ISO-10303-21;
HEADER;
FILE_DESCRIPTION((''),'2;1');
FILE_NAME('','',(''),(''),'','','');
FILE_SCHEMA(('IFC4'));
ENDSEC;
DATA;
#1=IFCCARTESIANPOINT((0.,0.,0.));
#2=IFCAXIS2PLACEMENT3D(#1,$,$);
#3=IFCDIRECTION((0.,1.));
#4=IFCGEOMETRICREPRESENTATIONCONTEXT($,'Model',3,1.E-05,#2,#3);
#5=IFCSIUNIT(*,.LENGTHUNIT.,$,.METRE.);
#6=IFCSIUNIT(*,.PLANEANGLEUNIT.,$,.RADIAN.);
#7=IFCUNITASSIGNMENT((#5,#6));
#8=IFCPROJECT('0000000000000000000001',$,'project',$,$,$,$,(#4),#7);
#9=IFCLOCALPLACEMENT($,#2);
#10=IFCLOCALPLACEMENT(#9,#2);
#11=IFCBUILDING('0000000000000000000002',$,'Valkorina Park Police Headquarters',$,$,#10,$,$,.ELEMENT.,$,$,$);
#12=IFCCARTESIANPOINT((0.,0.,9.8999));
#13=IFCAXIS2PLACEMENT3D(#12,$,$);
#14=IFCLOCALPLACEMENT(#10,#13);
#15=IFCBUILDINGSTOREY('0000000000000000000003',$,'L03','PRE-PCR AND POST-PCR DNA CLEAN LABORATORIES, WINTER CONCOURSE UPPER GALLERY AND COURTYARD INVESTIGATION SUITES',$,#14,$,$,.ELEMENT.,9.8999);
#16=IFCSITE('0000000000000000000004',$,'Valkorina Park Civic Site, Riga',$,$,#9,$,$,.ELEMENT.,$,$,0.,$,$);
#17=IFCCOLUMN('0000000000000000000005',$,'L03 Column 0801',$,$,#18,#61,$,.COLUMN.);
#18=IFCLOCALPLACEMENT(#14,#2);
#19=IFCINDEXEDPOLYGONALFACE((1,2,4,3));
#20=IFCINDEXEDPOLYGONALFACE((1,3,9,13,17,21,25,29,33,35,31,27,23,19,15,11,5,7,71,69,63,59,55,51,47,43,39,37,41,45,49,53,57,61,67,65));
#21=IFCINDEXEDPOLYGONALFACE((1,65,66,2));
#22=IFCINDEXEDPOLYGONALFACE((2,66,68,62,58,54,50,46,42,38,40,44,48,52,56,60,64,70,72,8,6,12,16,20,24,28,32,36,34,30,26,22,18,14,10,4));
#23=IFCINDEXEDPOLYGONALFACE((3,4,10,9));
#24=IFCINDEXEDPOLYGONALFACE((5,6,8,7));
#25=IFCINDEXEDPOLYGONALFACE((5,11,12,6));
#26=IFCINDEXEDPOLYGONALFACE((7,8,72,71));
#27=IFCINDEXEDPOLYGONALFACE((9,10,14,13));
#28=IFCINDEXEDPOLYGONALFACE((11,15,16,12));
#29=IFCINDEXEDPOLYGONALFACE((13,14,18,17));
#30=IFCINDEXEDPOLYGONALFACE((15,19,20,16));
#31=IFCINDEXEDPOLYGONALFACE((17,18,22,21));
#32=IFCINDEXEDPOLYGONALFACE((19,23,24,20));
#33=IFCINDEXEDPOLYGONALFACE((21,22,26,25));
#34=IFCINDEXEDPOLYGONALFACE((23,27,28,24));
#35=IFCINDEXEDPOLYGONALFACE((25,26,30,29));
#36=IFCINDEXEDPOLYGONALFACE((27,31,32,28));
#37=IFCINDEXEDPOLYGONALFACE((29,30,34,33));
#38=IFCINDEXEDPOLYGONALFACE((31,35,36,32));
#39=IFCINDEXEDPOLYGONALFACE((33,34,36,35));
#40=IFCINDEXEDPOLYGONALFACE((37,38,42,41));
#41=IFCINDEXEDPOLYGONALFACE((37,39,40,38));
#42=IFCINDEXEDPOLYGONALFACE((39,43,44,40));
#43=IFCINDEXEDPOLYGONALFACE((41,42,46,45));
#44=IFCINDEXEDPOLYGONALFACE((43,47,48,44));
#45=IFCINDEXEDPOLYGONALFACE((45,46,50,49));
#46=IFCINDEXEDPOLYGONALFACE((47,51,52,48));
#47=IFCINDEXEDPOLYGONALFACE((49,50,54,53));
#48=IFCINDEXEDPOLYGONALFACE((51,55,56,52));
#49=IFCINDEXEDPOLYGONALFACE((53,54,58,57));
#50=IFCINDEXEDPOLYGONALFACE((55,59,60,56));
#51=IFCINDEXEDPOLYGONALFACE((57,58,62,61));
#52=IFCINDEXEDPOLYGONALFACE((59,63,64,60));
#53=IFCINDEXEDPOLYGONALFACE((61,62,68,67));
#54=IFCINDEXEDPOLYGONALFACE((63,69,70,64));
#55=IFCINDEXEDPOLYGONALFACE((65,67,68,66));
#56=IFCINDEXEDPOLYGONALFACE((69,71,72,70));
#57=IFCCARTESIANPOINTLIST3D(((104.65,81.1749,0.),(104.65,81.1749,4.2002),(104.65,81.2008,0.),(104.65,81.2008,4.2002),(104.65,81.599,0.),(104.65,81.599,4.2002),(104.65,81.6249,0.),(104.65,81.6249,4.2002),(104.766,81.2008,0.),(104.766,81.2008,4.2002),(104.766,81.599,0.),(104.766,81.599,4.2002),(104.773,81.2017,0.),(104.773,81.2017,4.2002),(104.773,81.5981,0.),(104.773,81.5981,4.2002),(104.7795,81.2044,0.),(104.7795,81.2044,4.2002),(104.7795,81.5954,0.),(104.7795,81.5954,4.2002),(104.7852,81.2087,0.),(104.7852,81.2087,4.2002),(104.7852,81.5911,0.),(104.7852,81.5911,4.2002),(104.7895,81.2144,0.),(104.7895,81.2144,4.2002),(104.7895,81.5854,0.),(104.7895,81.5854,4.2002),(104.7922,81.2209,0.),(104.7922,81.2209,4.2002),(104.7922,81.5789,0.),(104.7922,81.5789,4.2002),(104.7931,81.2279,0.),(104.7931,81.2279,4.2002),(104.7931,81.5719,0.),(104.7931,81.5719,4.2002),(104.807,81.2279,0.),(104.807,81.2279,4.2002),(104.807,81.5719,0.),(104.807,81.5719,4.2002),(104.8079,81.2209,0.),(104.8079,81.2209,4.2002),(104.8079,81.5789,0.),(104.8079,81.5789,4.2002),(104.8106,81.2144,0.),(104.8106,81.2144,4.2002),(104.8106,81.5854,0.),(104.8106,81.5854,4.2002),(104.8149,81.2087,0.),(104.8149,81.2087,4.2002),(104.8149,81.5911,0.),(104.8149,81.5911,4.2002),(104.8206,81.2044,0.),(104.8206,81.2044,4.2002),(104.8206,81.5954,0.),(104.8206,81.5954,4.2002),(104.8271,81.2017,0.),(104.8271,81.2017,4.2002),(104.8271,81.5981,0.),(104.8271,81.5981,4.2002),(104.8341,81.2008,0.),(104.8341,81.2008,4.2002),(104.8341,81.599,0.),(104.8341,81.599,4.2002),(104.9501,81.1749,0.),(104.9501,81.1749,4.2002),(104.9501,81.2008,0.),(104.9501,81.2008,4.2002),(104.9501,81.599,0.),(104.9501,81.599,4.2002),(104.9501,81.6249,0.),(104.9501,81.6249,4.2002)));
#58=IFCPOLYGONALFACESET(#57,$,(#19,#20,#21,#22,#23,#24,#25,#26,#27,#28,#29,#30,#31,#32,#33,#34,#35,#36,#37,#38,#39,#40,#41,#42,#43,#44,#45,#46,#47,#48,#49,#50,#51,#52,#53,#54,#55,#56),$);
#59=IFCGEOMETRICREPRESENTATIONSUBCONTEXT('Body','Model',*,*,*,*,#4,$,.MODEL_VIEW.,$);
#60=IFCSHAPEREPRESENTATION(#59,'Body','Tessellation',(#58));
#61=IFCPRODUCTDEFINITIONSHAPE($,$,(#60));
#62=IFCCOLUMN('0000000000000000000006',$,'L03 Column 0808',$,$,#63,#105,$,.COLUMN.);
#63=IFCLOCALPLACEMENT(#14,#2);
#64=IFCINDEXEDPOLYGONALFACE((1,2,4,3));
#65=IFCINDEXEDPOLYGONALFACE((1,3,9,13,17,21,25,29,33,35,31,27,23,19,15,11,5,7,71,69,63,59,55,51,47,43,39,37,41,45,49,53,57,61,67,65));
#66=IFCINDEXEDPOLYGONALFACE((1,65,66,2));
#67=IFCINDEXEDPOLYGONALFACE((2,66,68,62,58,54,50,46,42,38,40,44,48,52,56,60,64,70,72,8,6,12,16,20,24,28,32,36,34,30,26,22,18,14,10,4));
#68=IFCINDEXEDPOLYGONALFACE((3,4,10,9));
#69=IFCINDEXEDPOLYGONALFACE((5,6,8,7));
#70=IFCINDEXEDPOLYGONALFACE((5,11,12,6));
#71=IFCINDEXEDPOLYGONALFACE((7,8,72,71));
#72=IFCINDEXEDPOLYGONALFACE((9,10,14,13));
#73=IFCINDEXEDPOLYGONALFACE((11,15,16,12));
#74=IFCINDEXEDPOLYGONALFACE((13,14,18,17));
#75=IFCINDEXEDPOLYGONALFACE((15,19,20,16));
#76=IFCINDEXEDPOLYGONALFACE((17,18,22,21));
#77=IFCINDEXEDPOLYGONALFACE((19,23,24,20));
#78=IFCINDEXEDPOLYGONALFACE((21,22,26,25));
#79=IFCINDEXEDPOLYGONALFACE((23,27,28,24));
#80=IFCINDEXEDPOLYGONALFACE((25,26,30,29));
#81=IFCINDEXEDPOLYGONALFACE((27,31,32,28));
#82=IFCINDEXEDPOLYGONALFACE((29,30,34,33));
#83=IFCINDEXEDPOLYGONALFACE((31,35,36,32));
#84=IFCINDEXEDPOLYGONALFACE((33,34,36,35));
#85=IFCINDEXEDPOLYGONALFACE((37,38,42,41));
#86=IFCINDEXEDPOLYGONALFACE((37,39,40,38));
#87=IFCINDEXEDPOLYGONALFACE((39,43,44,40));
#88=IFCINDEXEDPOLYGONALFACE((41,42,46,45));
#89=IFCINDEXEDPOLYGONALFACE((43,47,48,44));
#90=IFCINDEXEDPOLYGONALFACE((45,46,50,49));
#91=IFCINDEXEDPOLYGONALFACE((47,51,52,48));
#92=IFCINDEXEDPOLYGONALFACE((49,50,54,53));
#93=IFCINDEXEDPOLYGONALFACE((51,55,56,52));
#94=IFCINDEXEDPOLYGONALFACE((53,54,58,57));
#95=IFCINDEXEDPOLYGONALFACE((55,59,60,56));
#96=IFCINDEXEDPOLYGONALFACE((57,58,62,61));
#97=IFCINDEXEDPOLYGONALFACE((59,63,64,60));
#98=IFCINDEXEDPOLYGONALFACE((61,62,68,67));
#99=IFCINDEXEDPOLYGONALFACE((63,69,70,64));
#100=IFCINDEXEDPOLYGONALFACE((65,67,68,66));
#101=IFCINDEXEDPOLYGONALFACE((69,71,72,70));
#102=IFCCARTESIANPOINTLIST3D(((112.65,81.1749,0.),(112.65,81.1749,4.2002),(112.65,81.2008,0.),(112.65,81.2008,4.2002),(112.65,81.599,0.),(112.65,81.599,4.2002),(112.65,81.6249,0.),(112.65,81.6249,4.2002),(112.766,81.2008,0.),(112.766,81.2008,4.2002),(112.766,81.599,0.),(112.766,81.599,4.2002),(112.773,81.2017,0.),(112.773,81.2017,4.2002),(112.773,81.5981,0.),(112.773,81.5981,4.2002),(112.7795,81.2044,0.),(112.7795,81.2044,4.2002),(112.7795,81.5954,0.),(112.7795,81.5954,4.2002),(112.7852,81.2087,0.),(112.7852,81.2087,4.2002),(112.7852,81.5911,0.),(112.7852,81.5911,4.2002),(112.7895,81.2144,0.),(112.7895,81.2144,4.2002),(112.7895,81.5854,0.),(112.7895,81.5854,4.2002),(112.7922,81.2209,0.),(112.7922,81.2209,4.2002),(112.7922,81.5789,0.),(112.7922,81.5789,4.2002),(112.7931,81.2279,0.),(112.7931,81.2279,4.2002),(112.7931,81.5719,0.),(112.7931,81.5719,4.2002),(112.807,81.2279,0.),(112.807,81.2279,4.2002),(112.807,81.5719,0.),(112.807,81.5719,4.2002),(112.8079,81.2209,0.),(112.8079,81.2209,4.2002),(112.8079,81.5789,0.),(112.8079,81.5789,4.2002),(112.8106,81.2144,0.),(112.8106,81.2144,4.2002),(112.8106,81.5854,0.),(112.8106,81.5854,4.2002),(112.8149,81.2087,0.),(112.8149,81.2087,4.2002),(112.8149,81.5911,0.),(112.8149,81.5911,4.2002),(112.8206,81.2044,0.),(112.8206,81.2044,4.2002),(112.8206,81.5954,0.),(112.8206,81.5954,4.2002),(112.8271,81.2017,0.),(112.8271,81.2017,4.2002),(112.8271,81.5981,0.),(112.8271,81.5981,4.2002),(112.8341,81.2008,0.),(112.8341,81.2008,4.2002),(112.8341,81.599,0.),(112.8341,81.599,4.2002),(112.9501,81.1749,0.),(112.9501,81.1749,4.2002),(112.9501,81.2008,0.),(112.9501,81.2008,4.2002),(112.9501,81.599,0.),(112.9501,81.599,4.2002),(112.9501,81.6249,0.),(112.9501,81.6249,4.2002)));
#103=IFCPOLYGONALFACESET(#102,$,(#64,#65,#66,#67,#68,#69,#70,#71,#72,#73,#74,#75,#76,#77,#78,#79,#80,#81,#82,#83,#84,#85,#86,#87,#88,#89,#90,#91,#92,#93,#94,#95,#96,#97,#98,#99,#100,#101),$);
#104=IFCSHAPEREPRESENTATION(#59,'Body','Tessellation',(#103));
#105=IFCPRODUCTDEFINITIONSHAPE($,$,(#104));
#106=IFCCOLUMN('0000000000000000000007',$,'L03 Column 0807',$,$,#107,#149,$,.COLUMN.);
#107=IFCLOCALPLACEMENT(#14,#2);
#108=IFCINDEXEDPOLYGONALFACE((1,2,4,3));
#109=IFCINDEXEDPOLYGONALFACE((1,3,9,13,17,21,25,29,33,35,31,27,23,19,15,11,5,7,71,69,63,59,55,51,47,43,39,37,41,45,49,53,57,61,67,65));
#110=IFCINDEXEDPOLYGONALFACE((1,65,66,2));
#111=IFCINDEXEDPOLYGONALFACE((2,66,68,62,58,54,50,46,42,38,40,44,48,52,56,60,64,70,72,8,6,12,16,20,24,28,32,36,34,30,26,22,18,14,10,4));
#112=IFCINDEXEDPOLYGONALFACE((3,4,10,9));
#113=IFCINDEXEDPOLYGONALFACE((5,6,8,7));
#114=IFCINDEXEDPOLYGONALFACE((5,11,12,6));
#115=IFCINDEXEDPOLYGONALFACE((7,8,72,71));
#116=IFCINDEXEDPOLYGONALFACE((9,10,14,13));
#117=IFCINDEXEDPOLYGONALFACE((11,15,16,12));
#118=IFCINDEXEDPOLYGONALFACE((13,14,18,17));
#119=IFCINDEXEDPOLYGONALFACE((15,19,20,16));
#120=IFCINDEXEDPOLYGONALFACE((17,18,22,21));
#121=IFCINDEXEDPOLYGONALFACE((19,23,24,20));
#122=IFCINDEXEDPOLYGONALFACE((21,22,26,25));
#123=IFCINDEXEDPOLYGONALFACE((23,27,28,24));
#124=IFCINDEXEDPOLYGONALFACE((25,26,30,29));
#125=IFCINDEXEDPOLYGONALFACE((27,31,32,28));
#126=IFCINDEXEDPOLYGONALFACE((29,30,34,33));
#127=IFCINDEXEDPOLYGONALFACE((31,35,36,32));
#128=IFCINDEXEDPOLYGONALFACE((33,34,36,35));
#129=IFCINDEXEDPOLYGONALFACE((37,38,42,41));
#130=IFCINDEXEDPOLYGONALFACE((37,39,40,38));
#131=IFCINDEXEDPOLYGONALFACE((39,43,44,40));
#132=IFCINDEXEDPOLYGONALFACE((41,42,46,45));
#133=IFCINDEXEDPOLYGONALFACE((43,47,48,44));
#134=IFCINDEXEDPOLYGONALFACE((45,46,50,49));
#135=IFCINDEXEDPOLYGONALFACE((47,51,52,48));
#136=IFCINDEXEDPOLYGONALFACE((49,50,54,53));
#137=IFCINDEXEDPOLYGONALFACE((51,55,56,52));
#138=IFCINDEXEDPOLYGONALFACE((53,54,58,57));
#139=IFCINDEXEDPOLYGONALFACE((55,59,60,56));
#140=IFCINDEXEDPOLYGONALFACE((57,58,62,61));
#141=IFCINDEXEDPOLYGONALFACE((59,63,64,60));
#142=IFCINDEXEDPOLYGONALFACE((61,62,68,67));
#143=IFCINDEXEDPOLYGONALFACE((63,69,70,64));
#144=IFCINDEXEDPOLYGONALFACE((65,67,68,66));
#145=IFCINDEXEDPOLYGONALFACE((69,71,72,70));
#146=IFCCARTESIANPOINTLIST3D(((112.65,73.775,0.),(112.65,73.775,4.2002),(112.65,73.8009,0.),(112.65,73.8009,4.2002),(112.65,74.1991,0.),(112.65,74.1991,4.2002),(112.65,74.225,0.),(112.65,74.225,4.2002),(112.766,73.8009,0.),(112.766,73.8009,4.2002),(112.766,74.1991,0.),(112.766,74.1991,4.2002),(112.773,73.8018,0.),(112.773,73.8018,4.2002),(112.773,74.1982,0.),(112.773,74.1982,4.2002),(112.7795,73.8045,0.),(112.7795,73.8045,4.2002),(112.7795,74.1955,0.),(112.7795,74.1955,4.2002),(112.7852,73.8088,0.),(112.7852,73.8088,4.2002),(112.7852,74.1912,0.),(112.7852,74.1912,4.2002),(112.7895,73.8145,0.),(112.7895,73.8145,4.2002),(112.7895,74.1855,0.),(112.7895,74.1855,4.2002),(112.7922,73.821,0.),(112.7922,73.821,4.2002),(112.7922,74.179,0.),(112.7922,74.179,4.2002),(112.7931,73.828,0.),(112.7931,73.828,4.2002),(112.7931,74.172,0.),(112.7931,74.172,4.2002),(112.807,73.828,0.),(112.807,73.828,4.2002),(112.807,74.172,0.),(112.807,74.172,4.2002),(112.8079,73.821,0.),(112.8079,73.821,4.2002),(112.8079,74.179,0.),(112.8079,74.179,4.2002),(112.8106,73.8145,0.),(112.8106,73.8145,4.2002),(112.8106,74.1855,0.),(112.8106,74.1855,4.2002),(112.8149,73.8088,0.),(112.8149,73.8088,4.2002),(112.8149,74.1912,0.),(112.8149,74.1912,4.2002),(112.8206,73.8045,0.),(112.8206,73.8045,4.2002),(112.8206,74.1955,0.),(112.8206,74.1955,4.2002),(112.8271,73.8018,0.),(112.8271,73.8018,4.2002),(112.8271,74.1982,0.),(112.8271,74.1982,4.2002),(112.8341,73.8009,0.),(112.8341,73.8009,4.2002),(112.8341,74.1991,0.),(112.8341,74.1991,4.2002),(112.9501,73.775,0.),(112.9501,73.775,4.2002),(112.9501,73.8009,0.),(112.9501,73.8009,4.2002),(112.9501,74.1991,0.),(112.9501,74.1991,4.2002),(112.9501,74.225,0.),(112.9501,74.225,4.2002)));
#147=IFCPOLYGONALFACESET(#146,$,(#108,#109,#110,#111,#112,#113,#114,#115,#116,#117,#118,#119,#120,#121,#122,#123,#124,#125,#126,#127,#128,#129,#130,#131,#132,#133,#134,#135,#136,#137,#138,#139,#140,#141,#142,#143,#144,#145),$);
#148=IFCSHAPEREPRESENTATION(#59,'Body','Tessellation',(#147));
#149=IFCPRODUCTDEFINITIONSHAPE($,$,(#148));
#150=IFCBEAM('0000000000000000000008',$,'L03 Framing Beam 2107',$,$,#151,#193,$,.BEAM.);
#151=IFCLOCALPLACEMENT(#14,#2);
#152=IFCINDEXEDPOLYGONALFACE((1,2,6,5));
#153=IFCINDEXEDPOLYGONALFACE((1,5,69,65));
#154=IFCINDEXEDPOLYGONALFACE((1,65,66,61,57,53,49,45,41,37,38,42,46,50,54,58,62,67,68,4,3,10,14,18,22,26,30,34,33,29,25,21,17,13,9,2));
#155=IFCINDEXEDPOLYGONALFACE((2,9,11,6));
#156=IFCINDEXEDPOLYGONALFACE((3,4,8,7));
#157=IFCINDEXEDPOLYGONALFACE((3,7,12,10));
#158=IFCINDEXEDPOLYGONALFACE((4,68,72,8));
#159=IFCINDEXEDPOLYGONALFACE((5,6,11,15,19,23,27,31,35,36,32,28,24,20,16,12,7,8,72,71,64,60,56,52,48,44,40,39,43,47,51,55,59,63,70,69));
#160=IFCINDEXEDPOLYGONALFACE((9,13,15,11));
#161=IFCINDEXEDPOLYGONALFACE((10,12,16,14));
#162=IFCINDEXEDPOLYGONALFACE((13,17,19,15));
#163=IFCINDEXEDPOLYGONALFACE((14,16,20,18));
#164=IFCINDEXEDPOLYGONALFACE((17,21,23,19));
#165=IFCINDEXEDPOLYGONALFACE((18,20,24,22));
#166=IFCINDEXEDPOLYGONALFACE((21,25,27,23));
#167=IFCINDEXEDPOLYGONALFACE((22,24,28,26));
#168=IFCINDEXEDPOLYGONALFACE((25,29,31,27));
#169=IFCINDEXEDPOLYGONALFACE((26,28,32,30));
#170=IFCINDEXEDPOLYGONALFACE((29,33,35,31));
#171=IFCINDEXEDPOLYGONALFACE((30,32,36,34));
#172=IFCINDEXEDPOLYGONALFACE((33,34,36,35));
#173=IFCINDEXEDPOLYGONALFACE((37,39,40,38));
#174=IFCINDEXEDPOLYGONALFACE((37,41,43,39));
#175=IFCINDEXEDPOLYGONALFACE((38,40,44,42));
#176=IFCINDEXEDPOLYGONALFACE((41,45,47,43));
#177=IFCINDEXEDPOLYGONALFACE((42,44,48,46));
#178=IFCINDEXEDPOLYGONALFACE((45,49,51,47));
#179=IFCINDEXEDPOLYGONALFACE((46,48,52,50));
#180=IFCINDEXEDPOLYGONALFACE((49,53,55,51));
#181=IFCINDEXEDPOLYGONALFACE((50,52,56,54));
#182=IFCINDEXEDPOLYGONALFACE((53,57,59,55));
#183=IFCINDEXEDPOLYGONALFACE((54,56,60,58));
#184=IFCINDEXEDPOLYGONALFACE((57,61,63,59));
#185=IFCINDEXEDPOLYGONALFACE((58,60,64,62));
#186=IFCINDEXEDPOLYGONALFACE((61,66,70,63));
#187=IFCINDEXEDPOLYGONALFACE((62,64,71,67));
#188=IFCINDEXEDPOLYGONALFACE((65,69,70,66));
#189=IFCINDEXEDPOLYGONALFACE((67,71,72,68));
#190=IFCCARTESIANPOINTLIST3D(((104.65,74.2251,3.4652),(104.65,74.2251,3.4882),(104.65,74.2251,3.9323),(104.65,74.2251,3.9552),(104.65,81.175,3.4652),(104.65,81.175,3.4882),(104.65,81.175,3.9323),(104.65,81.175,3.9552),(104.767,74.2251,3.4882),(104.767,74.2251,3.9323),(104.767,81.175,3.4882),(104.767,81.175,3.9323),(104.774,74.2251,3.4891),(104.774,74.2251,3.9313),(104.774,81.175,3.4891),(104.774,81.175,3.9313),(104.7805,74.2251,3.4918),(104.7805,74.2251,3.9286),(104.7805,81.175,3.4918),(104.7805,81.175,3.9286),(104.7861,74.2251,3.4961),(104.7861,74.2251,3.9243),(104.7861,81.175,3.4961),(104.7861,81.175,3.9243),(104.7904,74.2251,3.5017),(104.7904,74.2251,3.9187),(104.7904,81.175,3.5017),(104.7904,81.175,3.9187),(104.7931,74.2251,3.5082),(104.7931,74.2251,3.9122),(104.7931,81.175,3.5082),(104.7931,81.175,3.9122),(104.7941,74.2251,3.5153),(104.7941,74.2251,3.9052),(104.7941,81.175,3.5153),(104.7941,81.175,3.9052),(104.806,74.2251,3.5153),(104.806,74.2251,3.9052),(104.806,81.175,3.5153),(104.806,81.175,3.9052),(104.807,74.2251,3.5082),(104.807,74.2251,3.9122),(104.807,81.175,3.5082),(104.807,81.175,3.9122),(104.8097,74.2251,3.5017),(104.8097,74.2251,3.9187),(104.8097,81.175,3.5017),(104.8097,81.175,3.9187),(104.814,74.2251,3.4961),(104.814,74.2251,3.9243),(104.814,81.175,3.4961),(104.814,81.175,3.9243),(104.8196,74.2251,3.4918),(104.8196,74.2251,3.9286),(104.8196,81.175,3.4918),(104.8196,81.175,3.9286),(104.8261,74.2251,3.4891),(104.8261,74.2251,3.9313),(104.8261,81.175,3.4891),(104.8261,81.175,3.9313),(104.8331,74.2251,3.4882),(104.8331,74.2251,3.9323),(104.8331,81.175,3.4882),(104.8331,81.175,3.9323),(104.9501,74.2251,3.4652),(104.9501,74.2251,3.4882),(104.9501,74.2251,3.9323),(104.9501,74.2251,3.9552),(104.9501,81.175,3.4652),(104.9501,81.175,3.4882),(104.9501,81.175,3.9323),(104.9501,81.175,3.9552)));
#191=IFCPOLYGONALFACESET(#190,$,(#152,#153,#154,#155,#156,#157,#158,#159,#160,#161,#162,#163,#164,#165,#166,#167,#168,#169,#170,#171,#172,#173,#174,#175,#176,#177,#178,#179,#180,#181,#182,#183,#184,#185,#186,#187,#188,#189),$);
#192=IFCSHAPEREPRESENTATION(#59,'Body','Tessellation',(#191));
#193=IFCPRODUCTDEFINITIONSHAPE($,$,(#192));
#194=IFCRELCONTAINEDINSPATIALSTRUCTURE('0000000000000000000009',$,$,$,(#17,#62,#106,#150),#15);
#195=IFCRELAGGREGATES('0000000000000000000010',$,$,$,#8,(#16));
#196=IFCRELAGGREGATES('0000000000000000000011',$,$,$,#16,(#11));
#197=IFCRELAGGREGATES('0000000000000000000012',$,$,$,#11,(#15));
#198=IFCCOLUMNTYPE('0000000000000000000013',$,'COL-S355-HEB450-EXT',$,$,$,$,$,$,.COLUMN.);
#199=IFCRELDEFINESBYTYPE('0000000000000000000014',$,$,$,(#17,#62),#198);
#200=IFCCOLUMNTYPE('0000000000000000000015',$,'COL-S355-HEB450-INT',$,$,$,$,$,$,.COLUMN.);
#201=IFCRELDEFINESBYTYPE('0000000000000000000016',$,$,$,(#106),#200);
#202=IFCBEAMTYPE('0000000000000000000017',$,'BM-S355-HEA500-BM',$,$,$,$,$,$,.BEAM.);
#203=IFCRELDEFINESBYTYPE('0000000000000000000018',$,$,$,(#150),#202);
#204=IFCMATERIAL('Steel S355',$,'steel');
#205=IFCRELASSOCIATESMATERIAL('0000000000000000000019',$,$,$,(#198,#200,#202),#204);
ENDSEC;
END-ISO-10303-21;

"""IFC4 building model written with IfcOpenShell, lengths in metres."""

from ifc_helpers import new_model, si_unit, direction, frame, origin, origin_2d, place, context, subcontext, project, spatial, i_section, extrude, material, material_profile, profile_set, type_object, element, save


model = new_model("IFC4")

# Units and contexts
model_context = context("Model", 3, precision=1e-05, world=origin(), true_north=direction((0.0, 1.0)))
body_context = subcontext(model_context, "Body", "Model", "MODEL_VIEW")
ifc_project = project(units=[si_unit("LENGTHUNIT", "METRE"), si_unit("PLANEANGLEUNIT", "RADIAN")], contexts=[model_context])

# Site, building, storey
site_placement = place(None, origin())
site = spatial("IfcSite", under=ifc_project, at=site_placement, Name="Valkorina Park Civic Site, Riga", CompositionType="ELEMENT", RefElevation=0.0)
building_placement = place(site_placement, origin())
building = spatial("IfcBuilding", under=site, at=building_placement, Name="Valkorina Park Police Headquarters", CompositionType="ELEMENT")
storey_placement = place(building_placement, frame((0.0, 0.0, 9.8999)))
storey = spatial("IfcBuildingStorey", under=building, at=storey_placement, Name="L03", Description="PRE-PCR AND POST-PCR DNA CLEAN LABORATORIES, WINTER CONCOURSE UPPER GALLERY AND COURTYARD INVESTIGATION SUITES", CompositionType="ELEMENT", Elevation=9.8999)

# Columns
ifc_material_1 = material(Name="Steel S355", Category="steel")
ifc_material_profile_1 = material_profile(ifc_material_1, i_section(OverallWidth=0.3, OverallDepth=0.45, WebThickness=0.0139, FlangeThickness=0.0259, FilletRadius=0.0271, at=origin_2d()), Name="HEB 450")
ifc_profile_set_1 = profile_set([ifc_material_profile_1], Name="Steel S355")
column_type_1 = type_object("IfcColumnType", Name="COL-S355-HEB450-EXT", PredefinedType="COLUMN", material=ifc_profile_set_1)
for number, where, z_axis, x_axis, name in (
    (1, (104.8, 81.3999, 0.0), (0.0, 0.0, 1.0), (1.0, 0.0, 0.0), "L03 Column 0801"),
    (2, (112.8, 81.3999, 0.0), (0.0, 0.0, 1.0), (1.0, 0.0, 0.0), "L03 Column 0808"),
):
    element("IfcColumn", number, at=place(storey_placement, frame(where, z_axis=z_axis, x_axis=x_axis)), inside=storey, type_object=column_type_1, Name=name, PredefinedType="COLUMN", context=body_context, shape_type="SweptSolid", body=[
        extrude(i_section(OverallWidth=0.3, OverallDepth=0.45, WebThickness=0.0139, FlangeThickness=0.0259, FilletRadius=0.0271, at=origin_2d()), origin(), (0.0, 0.0, 1.0), 4.2002),
    ])
ifc_material_profile_2 = material_profile(ifc_material_1, i_section(OverallWidth=0.3, OverallDepth=0.45, WebThickness=0.0139, FlangeThickness=0.0259, FilletRadius=0.0271, at=origin_2d()), Name="HEB 450")
ifc_profile_set_2 = profile_set([ifc_material_profile_2], Name="Steel S355")
column_type_2 = type_object("IfcColumnType", Name="COL-S355-HEB450-INT", PredefinedType="COLUMN", material=ifc_profile_set_2)
column_placement = place(storey_placement, frame((112.8, 74.0, 0.0), z_axis=(0.0, 0.0, 1.0), x_axis=(1.0, 0.0, 0.0)))
element("IfcColumn", 3, at=column_placement, inside=storey, type_object=column_type_2, Name="L03 Column 0807", PredefinedType="COLUMN", context=body_context, shape_type="SweptSolid", body=[
    extrude(i_section(OverallWidth=0.3, OverallDepth=0.45, WebThickness=0.0139, FlangeThickness=0.0259, FilletRadius=0.0271, at=origin_2d()), origin(), (0.0, 0.0, 1.0), 4.2002),
])

# Beam
ifc_material_profile_3 = material_profile(ifc_material_1, i_section(OverallWidth=0.3, OverallDepth=0.49, WebThickness=0.012, FlangeThickness=0.0229, FilletRadius=0.0271, at=origin_2d()), Name="HEA 500")
ifc_profile_set_3 = profile_set([ifc_material_profile_3], Name="Steel S355")
beam_type_1 = type_object("IfcBeamType", Name="BM-S355-HEA500-BM", PredefinedType="BEAM", material=ifc_profile_set_3)
for number, where, z_axis, x_axis, name in (
    (4, (104.8, 74.2251, 3.7102), (0.0, 1.0, 0.0), (-1.0, 0.0, 0.0), "L03 Framing Beam 2107"),
):
    element("IfcBeam", number, at=place(storey_placement, frame(where, z_axis=z_axis, x_axis=x_axis)), inside=storey, type_object=beam_type_1, Name=name, PredefinedType="BEAM", context=body_context, shape_type="SweptSolid", body=[
        extrude(i_section(OverallWidth=0.3, OverallDepth=0.49, WebThickness=0.012, FlangeThickness=0.0229, FilletRadius=0.0271, at=origin_2d()), origin(), (0.0, 0.0, 1.0), 6.95),
    ])

save(model, "model.ifc")
